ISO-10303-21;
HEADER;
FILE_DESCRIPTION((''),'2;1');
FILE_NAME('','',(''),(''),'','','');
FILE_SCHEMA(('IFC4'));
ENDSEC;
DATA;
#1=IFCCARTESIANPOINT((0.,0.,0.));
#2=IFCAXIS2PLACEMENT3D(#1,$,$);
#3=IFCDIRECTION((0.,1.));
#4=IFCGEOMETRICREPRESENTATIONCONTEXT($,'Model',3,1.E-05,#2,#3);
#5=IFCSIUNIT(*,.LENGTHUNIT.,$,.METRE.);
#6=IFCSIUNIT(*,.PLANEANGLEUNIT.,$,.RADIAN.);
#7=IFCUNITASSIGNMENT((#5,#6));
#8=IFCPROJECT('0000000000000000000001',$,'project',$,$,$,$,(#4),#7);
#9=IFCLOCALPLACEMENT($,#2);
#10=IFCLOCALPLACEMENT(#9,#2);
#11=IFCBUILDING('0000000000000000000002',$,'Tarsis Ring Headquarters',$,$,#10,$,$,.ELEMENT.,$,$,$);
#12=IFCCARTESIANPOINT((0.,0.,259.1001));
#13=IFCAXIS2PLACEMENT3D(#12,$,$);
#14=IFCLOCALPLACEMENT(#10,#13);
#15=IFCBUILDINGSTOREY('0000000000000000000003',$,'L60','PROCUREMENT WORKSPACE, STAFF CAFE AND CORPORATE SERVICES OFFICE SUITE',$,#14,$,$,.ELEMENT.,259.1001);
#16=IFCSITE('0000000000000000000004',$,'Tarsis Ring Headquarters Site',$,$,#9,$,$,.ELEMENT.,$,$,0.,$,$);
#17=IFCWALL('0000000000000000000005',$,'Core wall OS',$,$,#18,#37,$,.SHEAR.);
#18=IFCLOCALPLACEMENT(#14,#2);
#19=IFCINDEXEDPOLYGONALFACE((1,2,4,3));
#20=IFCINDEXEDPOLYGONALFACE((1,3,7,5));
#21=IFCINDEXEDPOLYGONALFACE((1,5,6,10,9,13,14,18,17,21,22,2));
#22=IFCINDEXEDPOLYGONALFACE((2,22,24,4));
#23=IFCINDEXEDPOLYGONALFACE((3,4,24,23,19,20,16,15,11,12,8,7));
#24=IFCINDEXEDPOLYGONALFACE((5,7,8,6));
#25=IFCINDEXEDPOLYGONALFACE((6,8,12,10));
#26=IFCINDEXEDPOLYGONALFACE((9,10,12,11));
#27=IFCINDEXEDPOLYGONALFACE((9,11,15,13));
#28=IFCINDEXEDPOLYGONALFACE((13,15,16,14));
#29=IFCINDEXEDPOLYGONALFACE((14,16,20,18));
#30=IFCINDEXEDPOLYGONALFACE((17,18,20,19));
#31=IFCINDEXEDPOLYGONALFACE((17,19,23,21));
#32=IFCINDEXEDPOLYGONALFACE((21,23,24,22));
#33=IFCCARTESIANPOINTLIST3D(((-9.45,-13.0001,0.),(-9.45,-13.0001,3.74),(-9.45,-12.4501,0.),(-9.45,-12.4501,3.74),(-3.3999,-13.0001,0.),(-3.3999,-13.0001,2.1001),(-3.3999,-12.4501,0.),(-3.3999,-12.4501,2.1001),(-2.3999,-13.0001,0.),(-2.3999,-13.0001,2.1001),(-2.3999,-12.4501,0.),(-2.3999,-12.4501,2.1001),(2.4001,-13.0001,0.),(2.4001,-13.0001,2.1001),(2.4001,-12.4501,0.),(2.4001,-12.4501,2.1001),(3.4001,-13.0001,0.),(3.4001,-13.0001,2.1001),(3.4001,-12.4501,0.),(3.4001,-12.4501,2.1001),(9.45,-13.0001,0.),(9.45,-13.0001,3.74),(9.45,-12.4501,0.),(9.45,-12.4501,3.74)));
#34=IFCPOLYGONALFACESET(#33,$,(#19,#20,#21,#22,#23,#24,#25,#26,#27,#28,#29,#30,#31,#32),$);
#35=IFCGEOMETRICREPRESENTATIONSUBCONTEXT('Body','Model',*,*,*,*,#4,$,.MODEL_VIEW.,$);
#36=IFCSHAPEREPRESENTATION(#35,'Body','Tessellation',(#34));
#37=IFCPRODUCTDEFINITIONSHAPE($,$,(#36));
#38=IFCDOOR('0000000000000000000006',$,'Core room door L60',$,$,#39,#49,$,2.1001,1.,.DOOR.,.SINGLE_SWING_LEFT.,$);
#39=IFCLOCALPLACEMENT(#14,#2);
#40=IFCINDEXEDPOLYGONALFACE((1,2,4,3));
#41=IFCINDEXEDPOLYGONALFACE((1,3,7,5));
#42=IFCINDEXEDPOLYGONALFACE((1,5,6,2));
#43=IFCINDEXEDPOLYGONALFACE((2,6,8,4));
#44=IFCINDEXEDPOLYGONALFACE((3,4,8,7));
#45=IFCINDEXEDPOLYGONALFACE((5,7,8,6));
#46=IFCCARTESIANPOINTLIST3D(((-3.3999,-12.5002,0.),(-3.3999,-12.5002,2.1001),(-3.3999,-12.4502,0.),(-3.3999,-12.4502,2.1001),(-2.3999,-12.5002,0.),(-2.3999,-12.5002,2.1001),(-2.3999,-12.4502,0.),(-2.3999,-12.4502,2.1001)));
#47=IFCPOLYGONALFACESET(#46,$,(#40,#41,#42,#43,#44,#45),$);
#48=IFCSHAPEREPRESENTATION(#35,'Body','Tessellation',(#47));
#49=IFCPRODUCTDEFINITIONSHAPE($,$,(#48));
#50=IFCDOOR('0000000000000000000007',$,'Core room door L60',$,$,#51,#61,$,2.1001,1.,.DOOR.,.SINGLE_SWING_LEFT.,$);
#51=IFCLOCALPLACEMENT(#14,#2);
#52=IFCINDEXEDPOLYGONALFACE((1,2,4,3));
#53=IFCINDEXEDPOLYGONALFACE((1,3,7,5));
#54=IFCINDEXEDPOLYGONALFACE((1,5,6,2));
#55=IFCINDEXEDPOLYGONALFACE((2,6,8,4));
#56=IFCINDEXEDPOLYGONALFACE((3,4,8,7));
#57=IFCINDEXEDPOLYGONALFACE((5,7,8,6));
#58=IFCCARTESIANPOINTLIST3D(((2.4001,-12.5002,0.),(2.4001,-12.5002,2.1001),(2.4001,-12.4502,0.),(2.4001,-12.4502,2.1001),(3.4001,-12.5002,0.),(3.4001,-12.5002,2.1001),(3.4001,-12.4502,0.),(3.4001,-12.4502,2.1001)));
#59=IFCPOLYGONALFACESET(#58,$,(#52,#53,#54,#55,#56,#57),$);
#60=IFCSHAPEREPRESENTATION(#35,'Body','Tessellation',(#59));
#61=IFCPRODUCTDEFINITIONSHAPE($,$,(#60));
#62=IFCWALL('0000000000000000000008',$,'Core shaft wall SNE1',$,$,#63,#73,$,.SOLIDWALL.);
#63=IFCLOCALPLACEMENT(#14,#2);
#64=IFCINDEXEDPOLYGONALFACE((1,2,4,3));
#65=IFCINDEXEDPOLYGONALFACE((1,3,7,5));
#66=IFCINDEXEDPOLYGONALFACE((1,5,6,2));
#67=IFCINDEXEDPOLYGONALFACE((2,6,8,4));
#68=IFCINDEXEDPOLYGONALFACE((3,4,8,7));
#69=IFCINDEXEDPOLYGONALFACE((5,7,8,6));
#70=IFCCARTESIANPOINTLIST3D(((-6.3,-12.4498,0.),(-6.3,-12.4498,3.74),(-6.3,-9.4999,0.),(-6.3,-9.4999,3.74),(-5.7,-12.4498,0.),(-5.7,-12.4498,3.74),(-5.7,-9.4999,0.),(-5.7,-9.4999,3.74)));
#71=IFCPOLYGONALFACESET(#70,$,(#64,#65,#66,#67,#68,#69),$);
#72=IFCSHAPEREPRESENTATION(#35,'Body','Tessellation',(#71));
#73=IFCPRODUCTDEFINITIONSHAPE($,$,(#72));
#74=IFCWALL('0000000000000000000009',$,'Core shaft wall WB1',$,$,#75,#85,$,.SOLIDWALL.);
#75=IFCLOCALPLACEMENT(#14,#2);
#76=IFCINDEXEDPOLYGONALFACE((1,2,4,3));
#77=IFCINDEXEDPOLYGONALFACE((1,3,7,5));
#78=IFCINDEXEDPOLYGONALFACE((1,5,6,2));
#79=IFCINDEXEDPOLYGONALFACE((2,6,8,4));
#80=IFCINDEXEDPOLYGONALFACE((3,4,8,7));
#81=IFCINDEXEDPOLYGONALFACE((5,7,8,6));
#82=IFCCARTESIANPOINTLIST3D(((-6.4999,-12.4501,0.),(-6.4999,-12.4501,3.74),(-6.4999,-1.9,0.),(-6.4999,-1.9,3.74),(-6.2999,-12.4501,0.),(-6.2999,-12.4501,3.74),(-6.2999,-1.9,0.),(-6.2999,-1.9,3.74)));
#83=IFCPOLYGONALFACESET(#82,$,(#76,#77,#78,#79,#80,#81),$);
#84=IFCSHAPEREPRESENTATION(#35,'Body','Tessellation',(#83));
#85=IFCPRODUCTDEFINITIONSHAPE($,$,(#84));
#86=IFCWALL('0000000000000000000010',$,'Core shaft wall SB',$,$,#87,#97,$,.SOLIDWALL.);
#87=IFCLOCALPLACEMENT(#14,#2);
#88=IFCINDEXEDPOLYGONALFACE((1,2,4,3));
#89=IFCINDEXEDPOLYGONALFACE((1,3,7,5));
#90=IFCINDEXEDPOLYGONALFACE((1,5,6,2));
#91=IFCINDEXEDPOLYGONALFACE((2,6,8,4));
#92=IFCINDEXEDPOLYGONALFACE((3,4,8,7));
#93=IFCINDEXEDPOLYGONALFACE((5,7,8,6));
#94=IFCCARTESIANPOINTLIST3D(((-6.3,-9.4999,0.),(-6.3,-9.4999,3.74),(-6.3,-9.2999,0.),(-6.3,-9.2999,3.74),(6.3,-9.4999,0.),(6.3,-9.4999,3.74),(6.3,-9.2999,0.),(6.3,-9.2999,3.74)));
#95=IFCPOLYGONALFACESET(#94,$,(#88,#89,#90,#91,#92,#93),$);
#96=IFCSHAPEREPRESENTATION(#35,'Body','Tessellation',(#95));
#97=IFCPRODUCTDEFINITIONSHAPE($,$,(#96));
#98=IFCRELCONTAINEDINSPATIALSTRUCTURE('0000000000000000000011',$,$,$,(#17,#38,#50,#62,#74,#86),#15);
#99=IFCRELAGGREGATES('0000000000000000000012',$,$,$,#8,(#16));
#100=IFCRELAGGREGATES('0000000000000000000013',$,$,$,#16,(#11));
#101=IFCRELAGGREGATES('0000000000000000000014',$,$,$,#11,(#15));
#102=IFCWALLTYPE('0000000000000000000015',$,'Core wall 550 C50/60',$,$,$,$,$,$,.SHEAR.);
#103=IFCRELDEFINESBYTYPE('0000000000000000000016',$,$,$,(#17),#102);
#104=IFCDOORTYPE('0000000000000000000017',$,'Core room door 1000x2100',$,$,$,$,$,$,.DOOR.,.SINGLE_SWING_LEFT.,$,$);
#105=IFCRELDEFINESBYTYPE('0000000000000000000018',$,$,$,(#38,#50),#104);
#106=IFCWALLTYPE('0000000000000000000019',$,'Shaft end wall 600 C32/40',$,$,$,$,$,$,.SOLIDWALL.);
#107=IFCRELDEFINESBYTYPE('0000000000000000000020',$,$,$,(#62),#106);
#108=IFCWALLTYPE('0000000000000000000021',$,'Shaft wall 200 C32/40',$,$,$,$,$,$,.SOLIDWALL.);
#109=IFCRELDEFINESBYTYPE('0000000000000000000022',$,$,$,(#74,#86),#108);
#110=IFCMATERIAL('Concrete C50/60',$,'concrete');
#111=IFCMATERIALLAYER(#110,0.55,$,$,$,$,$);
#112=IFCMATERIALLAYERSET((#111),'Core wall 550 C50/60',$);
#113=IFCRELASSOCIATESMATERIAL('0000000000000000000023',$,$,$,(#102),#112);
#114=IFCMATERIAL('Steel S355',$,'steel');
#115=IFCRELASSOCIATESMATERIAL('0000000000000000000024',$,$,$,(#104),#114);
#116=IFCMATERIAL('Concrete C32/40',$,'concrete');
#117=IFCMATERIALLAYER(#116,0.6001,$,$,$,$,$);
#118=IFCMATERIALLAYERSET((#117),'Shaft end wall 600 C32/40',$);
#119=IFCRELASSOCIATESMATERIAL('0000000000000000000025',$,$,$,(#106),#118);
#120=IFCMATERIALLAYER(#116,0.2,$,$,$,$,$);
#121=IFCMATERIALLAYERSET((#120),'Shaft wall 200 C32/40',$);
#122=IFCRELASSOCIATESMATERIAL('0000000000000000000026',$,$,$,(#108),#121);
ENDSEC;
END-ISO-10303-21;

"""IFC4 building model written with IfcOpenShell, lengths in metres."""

from ifc_helpers import new_model, si_unit, direction, frame, frame_2d, origin, place, context, subcontext, project, spatial, rectangle, extrude, material, layer, layer_set, type_object, element, fill, save


model = new_model("IFC4")

# Units and contexts
model_context = context("Model", 3, precision=1e-05, world=origin(), true_north=direction((0.0, 1.0)))
body_context = subcontext(model_context, "Body", "Model", "MODEL_VIEW")
ifc_project = project(units=[si_unit("LENGTHUNIT", "METRE"), si_unit("PLANEANGLEUNIT", "RADIAN")], contexts=[model_context])

# Site, building, storey
site_placement = place(None, origin())
site = spatial("IfcSite", under=ifc_project, at=site_placement, Name="Tarsis Ring Headquarters Site", CompositionType="ELEMENT", RefElevation=0.0)
building_placement = place(site_placement, origin())
building = spatial("IfcBuilding", under=site, at=building_placement, Name="Tarsis Ring Headquarters", CompositionType="ELEMENT")
storey_placement = place(building_placement, frame((0.0, 0.0, 259.1001)))
storey = spatial("IfcBuildingStorey", under=building, at=storey_placement, Name="L60", Description="PROCUREMENT WORKSPACE, STAFF CAFE AND CORPORATE SERVICES OFFICE SUITE", CompositionType="ELEMENT", Elevation=259.1001)

# Wall, openings, doors
ifc_material_1 = material(Name="Concrete C50/60", Category="concrete")
ifc_layer_1 = layer(ifc_material_1, 0.55)
ifc_layer_set_1 = layer_set([ifc_layer_1], Name="Core wall 550 C50/60")
wall_type_1 = type_object("IfcWallType", Name="Core wall 550 C50/60", PredefinedType="SHEAR", material=ifc_layer_set_1)
ifc_material_2 = material(Name="Steel S355", Category="steel")
door_type_1 = type_object("IfcDoorType", Name="Core room door 1000x2100", OperationType="SINGLE_SWING_LEFT", PredefinedType="DOOR", material=ifc_material_2)
wall_1_placement = place(storey_placement, frame((-9.45, -12.7251, 0.0), z_axis=(0.0, 0.0, 1.0), x_axis=(1.0, 0.0, 0.0)))
wall_1 = element("IfcWall", 1, at=wall_1_placement, inside=storey, type_object=wall_type_1, Name="Core wall OS", PredefinedType="SHEAR", context=body_context, shape_type="SweptSolid", body=[
    extrude(rectangle(XDim=18.8999, YDim=0.55, at=frame_2d((9.45, 0.0))), origin(), (0.0, 0.0, 1.0), 3.74),
])
opening_1_placement = place(wall_1_placement, frame((6.05, 0.0, 0.0)))
opening_1 = element("IfcOpeningElement", 2, at=opening_1_placement, cuts=wall_1, PredefinedType="OPENING", context=body_context, shape_type="SweptSolid", body=[
    extrude(rectangle(XDim=1.0, YDim=2.1001, at=frame_2d((0.5, 1.05))), frame((0.0, 0.2849, 0.0), z_axis=(0.0, -1.0, 0.0), x_axis=(1.0, 0.0, 0.0)), (0.0, 0.0, 1.0), 0.5701),
])
opening_2_placement = place(wall_1_placement, frame((11.8501, 0.0, 0.0)))
opening_2 = element("IfcOpeningElement", 3, at=opening_2_placement, cuts=wall_1, PredefinedType="OPENING", context=body_context, shape_type="SweptSolid", body=[
    extrude(rectangle(XDim=1.0, YDim=2.1001, at=frame_2d((0.5, 1.05))), frame((0.0, 0.2849, 0.0), z_axis=(0.0, -1.0, 0.0), x_axis=(1.0, 0.0, 0.0)), (0.0, 0.0, 1.0), 0.5701),
])
door_1_placement = place(opening_1_placement, origin())
door_1 = element("IfcDoor", 4, at=door_1_placement, inside=storey, type_object=door_type_1, Name="Core room door L60", OperationType="SINGLE_SWING_LEFT", OverallHeight=2.1001, OverallWidth=1.0, PredefinedType="DOOR", context=body_context, shape_type="SweptSolid", body=[
    extrude(rectangle(XDim=1.0, YDim=2.1001, at=frame_2d((0.5, 1.05))), frame((0.0, 0.2749, 0.0), z_axis=(0.0, -1.0, 0.0), x_axis=(1.0, 0.0, 0.0)), (0.0, 0.0, 1.0), 0.05),
])
fill(opening_1, door_1)
door_2_placement = place(opening_2_placement, origin())
door_2 = element("IfcDoor", 5, at=door_2_placement, inside=storey, type_object=door_type_1, Name="Core room door L60", OperationType="SINGLE_SWING_LEFT", OverallHeight=2.1001, OverallWidth=1.0, PredefinedType="DOOR", context=body_context, shape_type="SweptSolid", body=[
    extrude(rectangle(XDim=1.0, YDim=2.1001, at=frame_2d((0.5, 1.05))), frame((0.0, 0.2749, 0.0), z_axis=(0.0, -1.0, 0.0), x_axis=(1.0, 0.0, 0.0)), (0.0, 0.0, 1.0), 0.05),
])
fill(opening_2, door_2)

# Walls
ifc_material_3 = material(Name="Concrete C32/40", Category="concrete")
ifc_layer_2 = layer(ifc_material_3, 0.6001)
ifc_layer_set_2 = layer_set([ifc_layer_2], Name="Shaft end wall 600 C32/40")
wall_type_2 = type_object("IfcWallType", Name="Shaft end wall 600 C32/40", PredefinedType="SOLIDWALL", material=ifc_layer_set_2)
wall_2_placement = place(storey_placement, frame((-6.0, -12.45, 0.0), z_axis=(0.0, 0.0, 1.0), x_axis=(0.0, 1.0, 0.0)))
element("IfcWall", 6, at=wall_2_placement, inside=storey, type_object=wall_type_2, Name="Core shaft wall SNE1", PredefinedType="SOLIDWALL", context=body_context, shape_type="SweptSolid", body=[
    extrude(rectangle(XDim=2.95, YDim=0.6001, at=frame_2d((1.4751, 0.0))), origin(), (0.0, 0.0, 1.0), 3.74),
])
ifc_layer_3 = layer(ifc_material_3, 0.2)
ifc_layer_set_3 = layer_set([ifc_layer_3], Name="Shaft wall 200 C32/40")
wall_type_3 = type_object("IfcWallType", Name="Shaft wall 200 C32/40", PredefinedType="SOLIDWALL", material=ifc_layer_set_3)
wall_3_placement = place(storey_placement, frame((-6.3999, -12.45, 0.0), z_axis=(0.0, 0.0, 1.0), x_axis=(0.0, 1.0, 0.0)))
element("IfcWall", 7, at=wall_3_placement, inside=storey, type_object=wall_type_3, Name="Core shaft wall WB1", PredefinedType="SOLIDWALL", context=body_context, shape_type="SweptSolid", body=[
    extrude(rectangle(XDim=10.55, YDim=0.2, at=frame_2d((5.2749, 0.0))), origin(), (0.0, 0.0, 1.0), 3.74),
])
wall_4_placement = place(storey_placement, frame((-6.3, -9.3999, 0.0), z_axis=(0.0, 0.0, 1.0), x_axis=(1.0, 0.0, 0.0)))
element("IfcWall", 8, at=wall_4_placement, inside=storey, type_object=wall_type_3, Name="Core shaft wall SB", PredefinedType="SOLIDWALL", context=body_context, shape_type="SweptSolid", body=[
    extrude(rectangle(XDim=12.6001, YDim=0.2, at=frame_2d((6.3, 0.0))), origin(), (0.0, 0.0, 1.0), 3.74),
])

save(model, "model.ifc")
